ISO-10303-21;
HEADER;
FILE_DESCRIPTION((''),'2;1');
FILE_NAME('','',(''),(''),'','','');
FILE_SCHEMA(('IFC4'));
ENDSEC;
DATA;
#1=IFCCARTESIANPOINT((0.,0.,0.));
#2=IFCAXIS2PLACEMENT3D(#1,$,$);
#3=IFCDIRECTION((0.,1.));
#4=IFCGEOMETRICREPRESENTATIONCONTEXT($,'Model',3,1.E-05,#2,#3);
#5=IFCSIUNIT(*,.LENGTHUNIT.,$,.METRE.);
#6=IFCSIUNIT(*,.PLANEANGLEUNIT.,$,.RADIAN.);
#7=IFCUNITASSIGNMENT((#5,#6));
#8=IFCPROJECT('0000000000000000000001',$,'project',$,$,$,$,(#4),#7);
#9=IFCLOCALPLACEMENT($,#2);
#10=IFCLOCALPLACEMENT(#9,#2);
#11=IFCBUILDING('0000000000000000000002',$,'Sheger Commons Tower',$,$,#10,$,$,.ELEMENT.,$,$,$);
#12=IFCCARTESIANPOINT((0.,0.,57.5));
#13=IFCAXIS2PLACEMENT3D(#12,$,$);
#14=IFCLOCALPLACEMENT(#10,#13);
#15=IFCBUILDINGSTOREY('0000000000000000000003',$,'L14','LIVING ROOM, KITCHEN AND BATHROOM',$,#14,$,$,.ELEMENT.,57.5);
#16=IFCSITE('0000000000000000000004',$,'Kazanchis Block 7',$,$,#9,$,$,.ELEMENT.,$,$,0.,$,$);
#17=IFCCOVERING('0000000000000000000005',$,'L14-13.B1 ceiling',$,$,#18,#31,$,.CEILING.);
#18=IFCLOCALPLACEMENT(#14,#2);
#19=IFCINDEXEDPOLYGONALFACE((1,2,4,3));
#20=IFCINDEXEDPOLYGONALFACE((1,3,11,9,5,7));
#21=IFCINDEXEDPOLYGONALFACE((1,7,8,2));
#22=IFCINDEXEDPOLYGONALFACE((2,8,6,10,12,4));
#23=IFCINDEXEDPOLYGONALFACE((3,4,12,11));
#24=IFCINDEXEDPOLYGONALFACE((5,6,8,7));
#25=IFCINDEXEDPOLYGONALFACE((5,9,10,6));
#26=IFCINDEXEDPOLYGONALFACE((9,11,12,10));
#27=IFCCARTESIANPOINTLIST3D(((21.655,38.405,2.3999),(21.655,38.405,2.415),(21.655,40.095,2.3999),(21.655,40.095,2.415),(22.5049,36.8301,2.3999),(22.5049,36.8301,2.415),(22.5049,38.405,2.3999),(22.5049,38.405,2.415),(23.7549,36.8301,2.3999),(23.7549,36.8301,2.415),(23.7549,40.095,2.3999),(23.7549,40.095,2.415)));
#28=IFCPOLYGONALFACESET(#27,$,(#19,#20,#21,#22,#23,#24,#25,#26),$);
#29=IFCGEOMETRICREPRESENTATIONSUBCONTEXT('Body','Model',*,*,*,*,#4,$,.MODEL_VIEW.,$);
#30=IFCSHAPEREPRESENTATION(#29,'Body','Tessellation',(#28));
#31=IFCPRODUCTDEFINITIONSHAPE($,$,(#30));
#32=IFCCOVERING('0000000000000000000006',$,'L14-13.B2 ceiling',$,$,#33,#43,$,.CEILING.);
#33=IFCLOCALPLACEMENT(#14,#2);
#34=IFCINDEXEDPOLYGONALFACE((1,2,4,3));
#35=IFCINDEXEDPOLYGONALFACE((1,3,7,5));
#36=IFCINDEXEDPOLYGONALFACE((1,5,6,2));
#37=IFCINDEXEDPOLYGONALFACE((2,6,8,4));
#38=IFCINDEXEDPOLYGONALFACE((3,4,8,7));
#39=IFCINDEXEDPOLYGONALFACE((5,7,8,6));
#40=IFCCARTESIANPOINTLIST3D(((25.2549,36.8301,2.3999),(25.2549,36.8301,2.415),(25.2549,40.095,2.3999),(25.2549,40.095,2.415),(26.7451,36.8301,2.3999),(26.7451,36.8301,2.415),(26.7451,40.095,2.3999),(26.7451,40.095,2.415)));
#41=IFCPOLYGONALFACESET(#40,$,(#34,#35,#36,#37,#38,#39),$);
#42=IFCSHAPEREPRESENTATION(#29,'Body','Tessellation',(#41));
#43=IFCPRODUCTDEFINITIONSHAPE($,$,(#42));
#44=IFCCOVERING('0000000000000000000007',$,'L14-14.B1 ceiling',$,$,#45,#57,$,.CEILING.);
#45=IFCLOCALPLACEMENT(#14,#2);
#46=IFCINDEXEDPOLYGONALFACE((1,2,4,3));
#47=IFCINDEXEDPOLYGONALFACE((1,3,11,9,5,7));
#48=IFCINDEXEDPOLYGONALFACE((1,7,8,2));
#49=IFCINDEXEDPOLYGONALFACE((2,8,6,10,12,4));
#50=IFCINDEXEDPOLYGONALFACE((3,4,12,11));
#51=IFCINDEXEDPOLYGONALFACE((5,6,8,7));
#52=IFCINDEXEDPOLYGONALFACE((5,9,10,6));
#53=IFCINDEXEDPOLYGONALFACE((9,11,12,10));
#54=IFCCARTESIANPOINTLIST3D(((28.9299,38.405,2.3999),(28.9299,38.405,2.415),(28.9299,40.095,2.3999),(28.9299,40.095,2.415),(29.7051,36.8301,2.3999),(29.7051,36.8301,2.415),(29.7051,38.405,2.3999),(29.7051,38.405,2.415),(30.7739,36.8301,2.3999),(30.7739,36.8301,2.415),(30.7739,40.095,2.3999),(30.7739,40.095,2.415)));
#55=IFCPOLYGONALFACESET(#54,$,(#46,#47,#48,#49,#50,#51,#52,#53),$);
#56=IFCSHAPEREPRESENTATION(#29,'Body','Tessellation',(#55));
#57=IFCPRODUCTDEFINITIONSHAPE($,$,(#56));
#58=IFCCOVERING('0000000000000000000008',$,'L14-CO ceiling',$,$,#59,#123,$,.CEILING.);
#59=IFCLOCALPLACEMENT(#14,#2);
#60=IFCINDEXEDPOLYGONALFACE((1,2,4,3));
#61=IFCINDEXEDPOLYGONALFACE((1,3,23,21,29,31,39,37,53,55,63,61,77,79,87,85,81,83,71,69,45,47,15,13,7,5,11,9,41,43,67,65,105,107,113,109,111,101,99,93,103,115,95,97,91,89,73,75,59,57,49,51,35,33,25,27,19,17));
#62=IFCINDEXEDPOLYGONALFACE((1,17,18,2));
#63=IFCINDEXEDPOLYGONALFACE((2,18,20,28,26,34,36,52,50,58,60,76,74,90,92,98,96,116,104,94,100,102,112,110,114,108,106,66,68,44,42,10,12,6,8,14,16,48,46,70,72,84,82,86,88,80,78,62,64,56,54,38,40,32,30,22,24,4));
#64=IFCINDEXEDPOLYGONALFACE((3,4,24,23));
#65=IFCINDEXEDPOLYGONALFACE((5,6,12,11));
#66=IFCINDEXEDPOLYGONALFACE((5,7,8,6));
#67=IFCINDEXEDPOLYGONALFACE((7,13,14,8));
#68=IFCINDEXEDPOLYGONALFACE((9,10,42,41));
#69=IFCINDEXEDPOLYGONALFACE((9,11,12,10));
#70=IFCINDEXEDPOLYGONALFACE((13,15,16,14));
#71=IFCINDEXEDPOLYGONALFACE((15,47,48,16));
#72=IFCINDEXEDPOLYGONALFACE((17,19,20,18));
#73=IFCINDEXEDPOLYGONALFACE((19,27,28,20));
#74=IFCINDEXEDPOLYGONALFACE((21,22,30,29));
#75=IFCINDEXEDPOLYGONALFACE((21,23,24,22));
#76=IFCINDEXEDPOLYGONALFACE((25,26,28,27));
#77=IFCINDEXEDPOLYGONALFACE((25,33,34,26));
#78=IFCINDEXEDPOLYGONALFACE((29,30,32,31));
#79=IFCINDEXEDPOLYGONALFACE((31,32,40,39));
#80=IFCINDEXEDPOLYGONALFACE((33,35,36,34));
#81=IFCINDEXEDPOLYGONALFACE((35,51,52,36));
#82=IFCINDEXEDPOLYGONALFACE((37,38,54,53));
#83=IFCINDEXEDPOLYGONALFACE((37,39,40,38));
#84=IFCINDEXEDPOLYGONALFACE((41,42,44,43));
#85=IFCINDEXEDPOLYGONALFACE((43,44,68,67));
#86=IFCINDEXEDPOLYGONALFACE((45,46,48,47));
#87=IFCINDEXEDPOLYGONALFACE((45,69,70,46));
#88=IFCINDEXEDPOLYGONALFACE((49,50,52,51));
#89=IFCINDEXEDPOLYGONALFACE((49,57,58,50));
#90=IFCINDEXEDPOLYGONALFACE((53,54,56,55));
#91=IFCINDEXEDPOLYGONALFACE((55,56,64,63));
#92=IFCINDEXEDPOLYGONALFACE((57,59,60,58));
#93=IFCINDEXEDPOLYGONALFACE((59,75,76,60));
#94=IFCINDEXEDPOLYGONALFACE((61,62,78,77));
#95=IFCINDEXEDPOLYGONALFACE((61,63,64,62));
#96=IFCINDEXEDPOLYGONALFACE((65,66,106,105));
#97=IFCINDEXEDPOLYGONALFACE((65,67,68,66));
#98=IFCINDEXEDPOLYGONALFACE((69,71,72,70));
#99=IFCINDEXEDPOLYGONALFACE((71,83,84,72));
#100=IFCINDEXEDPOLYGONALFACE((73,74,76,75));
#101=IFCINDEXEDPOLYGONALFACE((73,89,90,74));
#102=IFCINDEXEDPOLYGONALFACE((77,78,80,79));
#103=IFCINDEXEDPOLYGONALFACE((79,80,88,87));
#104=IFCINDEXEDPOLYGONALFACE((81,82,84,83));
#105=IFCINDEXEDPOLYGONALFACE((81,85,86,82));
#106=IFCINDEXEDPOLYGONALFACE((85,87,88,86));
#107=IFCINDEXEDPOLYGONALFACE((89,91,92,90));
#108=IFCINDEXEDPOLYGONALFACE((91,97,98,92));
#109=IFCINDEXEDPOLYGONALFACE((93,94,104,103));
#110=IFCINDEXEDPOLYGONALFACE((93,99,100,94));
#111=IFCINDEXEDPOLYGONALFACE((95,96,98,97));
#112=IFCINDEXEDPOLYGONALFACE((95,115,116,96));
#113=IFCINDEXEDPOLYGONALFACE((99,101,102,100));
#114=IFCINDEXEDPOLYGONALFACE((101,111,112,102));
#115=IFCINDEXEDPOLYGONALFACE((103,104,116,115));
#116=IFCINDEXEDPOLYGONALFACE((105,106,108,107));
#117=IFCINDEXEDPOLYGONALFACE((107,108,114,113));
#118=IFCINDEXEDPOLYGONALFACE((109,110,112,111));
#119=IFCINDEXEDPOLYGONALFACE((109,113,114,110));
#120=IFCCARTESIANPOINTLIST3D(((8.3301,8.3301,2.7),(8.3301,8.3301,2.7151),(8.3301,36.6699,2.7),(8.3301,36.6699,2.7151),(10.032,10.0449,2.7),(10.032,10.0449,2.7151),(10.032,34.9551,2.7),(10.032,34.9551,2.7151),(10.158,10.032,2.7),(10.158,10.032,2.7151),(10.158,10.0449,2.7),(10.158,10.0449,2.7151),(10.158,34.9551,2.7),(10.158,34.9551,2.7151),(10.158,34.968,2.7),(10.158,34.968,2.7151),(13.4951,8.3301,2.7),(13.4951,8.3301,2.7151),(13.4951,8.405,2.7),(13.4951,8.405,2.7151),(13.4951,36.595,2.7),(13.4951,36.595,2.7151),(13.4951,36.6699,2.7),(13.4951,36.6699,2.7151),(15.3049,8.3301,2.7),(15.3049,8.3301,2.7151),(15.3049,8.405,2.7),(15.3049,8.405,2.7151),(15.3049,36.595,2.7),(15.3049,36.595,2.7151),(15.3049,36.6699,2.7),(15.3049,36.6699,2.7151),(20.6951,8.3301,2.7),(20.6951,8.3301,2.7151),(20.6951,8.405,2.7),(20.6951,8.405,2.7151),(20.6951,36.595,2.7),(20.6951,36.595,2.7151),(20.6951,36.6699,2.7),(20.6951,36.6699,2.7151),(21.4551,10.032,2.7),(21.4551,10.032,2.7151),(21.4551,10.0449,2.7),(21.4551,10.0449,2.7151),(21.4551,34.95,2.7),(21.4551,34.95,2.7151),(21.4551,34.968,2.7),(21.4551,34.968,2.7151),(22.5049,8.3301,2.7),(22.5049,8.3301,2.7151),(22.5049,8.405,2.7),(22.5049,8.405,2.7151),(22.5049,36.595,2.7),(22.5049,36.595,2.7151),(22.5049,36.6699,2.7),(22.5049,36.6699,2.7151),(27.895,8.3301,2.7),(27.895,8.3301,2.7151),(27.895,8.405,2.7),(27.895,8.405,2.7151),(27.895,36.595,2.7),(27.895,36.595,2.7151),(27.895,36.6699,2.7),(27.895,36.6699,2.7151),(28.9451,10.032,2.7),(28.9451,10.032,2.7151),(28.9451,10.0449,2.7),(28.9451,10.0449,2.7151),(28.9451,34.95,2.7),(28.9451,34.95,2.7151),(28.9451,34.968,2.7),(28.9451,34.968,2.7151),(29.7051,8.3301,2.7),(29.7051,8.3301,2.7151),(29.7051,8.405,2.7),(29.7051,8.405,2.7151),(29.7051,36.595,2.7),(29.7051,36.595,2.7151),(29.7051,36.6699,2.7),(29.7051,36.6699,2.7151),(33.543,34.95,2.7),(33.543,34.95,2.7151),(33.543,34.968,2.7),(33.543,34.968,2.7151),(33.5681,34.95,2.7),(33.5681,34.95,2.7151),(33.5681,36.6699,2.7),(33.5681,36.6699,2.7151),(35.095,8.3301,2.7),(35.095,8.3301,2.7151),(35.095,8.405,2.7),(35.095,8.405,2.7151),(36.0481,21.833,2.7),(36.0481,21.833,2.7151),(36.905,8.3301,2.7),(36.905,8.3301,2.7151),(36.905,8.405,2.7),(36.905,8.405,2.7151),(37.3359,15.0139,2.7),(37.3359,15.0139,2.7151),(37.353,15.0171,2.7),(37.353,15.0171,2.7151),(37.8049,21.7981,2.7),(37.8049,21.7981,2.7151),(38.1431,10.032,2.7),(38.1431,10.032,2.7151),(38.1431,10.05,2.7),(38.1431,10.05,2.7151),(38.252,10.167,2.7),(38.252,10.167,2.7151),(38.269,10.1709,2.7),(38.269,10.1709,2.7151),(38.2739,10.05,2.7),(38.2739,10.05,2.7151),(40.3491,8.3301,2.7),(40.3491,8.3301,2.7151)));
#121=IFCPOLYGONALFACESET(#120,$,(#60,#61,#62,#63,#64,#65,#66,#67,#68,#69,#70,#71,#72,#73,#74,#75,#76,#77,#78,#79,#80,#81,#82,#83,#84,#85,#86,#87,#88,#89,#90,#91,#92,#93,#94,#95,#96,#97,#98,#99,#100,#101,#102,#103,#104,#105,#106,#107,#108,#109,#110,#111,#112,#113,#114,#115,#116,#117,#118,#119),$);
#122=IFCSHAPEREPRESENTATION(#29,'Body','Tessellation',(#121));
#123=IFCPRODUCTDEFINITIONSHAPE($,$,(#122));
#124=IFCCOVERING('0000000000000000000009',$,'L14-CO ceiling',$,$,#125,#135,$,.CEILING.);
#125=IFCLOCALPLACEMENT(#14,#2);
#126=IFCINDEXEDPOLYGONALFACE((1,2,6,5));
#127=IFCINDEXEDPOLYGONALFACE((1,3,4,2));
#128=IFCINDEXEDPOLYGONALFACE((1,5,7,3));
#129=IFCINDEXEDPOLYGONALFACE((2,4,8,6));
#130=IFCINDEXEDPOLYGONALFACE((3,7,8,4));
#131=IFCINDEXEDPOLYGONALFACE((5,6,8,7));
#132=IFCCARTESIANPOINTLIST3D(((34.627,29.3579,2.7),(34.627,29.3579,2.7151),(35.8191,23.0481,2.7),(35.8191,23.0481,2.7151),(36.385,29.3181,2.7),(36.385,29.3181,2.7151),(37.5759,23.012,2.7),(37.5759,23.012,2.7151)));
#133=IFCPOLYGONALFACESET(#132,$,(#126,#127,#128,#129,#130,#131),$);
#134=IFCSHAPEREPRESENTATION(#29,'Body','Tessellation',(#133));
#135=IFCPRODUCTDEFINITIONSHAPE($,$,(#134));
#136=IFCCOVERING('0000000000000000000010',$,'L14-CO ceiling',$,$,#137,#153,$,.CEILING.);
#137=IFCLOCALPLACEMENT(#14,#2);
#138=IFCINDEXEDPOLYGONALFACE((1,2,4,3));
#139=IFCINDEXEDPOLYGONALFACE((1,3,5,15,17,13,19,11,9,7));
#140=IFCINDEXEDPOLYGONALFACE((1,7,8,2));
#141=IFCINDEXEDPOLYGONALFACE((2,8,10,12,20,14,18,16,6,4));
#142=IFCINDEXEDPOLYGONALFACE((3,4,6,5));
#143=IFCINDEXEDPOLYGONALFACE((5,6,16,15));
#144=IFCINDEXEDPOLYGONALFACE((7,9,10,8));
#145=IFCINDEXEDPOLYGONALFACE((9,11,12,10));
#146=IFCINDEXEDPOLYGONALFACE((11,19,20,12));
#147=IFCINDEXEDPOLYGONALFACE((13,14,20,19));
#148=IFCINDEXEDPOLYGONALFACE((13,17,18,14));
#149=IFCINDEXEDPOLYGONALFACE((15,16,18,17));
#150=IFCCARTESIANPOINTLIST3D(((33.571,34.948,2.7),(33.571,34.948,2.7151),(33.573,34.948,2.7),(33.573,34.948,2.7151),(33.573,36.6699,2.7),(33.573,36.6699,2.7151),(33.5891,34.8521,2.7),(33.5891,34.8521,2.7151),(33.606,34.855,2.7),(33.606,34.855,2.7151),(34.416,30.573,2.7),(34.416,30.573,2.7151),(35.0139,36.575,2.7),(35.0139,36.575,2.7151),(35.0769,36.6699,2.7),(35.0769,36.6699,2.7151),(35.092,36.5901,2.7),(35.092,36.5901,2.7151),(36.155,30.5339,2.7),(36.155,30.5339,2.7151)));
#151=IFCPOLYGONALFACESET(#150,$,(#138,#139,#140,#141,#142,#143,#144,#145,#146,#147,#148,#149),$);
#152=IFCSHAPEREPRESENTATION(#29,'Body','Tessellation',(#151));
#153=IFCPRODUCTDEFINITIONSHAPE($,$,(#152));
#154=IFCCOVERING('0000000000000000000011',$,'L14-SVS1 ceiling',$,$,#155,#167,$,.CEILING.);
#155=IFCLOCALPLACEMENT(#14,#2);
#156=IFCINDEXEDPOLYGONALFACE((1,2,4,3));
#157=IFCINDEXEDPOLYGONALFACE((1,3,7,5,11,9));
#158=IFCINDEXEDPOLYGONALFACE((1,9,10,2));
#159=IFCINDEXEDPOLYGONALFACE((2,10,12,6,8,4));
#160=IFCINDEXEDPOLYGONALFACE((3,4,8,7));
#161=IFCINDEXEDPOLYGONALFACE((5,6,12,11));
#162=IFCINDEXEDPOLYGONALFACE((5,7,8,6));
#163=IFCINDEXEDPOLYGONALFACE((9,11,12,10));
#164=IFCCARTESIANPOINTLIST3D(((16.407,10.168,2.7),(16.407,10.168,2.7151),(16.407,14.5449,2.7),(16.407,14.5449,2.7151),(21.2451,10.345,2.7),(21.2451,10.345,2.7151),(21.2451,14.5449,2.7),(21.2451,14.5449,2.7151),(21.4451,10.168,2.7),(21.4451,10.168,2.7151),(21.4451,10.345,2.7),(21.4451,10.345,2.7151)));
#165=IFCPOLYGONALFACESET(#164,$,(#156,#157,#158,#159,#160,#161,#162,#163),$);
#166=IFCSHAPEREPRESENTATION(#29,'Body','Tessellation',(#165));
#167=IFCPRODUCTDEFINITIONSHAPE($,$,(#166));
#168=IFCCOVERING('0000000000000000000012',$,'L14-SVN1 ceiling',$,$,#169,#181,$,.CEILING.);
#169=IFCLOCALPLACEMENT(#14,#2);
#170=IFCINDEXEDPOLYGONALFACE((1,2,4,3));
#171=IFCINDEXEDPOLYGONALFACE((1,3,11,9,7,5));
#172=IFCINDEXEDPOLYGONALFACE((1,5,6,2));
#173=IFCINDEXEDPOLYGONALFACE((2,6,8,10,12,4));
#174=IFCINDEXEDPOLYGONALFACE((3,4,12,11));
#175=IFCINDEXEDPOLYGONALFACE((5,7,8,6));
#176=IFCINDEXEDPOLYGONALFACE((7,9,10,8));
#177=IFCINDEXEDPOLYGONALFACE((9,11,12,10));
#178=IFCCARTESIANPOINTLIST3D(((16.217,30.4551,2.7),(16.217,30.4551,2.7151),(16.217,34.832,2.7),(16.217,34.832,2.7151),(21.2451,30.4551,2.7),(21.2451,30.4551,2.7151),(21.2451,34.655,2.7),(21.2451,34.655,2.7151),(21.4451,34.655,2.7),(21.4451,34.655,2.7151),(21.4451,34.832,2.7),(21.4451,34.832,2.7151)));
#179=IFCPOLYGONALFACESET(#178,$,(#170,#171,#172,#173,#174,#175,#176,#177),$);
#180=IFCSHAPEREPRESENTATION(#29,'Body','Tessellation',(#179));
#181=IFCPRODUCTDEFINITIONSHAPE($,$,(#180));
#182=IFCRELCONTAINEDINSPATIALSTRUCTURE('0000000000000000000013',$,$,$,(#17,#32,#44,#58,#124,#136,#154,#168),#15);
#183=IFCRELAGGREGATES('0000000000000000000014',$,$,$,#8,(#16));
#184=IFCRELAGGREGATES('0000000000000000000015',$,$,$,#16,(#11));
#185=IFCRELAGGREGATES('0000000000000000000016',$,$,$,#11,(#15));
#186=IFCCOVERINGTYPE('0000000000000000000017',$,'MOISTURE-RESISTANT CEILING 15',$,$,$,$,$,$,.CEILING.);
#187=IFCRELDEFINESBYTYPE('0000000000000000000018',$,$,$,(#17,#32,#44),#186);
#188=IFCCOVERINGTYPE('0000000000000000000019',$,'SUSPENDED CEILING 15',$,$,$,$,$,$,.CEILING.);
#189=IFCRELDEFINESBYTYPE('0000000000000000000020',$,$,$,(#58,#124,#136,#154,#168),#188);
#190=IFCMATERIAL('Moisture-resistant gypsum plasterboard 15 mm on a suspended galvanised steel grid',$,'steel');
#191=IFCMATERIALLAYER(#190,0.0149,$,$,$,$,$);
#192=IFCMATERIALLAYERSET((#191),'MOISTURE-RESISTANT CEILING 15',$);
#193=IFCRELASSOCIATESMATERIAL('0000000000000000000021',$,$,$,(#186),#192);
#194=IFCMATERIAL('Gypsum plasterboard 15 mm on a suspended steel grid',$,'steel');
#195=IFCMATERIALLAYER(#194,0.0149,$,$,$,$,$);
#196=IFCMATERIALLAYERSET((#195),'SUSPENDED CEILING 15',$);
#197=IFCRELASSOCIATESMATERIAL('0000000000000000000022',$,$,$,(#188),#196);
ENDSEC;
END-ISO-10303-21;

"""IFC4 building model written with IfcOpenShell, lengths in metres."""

from ifc_helpers import new_model, si_unit, direction, frame, origin, place, context, subcontext, project, spatial, polyline, outline, extrude, material, layer, layer_set, type_object, element, save


model = new_model("IFC4")

# Units and contexts
model_context = context("Model", 3, precision=1e-05, world=origin(), true_north=direction((0.0, 1.0)))
body_context = subcontext(model_context, "Body", "Model", "MODEL_VIEW")
ifc_project = project(units=[si_unit("LENGTHUNIT", "METRE"), si_unit("PLANEANGLEUNIT", "RADIAN")], contexts=[model_context])

# Site, building, storey
site_placement = place(None, origin())
site = spatial("IfcSite", under=ifc_project, at=site_placement, Name="Kazanchis Block 7", CompositionType="ELEMENT", RefElevation=0.0)
building_placement = place(site_placement, origin())
building = spatial("IfcBuilding", under=site, at=building_placement, Name="Sheger Commons Tower", CompositionType="ELEMENT")
storey_placement = place(building_placement, frame((0.0, 0.0, 57.5)))
storey = spatial("IfcBuildingStorey", under=building, at=storey_placement, Name="L14", Description="LIVING ROOM, KITCHEN AND BATHROOM", CompositionType="ELEMENT", Elevation=57.5)

# Coverings
ifc_material_1 = material(Name="Moisture-resistant gypsum plasterboard 15 mm on a suspended galvanised steel grid", Category="steel")
ifc_layer_1 = layer(ifc_material_1, 0.0149)
ifc_layer_set_1 = layer_set([ifc_layer_1], Name="MOISTURE-RESISTANT CEILING 15")
covering_type_1 = type_object("IfcCoveringType", Name="MOISTURE-RESISTANT CEILING 15", PredefinedType="CEILING", material=ifc_layer_set_1)
covering_1_placement = place(storey_placement, frame((0.0, 0.0, 2.3999)))
element("IfcCovering", 1, at=covering_1_placement, inside=storey, type_object=covering_type_1, Name="L14-13.B1 ceiling", PredefinedType="CEILING", context=body_context, shape_type="SweptSolid", body=[
    extrude(outline(polyline([(22.5049, 36.8301), (23.7549, 36.8301), (23.7549, 40.095), (21.655, 40.095), (21.655, 38.405), (22.5049, 38.405), (22.5049, 36.8301)])), origin(), (0.0, 0.0, 1.0), 0.0151),
])
covering_2_placement = place(storey_placement, frame((0.0, 0.0, 2.3999)))
element("IfcCovering", 2, at=covering_2_placement, inside=storey, type_object=covering_type_1, Name="L14-13.B2 ceiling", PredefinedType="CEILING", context=body_context, shape_type="SweptSolid", body=[
    extrude(outline(polyline([(25.2549, 36.8301), (26.7451, 36.8301), (26.7451, 40.095), (25.2549, 40.095), (25.2549, 36.8301)])), origin(), (0.0, 0.0, 1.0), 0.0151),
])
covering_3_placement = place(storey_placement, frame((0.0, 0.0, 2.3999)))
element("IfcCovering", 3, at=covering_3_placement, inside=storey, type_object=covering_type_1, Name="L14-14.B1 ceiling", PredefinedType="CEILING", context=body_context, shape_type="SweptSolid", body=[
    extrude(outline(polyline([(29.7051, 36.8301), (30.7739, 36.8301), (30.7739, 40.095), (28.9299, 40.095), (28.9299, 38.405), (29.7051, 38.405), (29.7051, 36.8301)])), origin(), (0.0, 0.0, 1.0), 0.0151),
])
ifc_material_2 = material(Name="Gypsum plasterboard 15 mm on a suspended steel grid", Category="steel")
ifc_layer_2 = layer(ifc_material_2, 0.0149)
ifc_layer_set_2 = layer_set([ifc_layer_2], Name="SUSPENDED CEILING 15")
covering_type_2 = type_object("IfcCoveringType", Name="SUSPENDED CEILING 15", PredefinedType="CEILING", material=ifc_layer_set_2)
covering_4_placement = place(storey_placement, frame((0.0, 0.0, 2.7)))
element("IfcCovering", 4, at=covering_4_placement, inside=storey, type_object=covering_type_2, Name="L14-CO ceiling", PredefinedType="CEILING", context=body_context, shape_type="SweptSolid", body=[
    extrude(outline(polyline([(8.3301, 8.3301), (13.4951, 8.3301), (13.4951, 8.405), (15.3049, 8.405), (15.3049, 8.3301), (20.6951, 8.3301), (20.6951, 8.405), (22.5049, 8.405), (22.5049, 8.3301), (27.895, 8.3301), (27.895, 8.405), (29.7051, 8.405), (29.7051, 8.3301), (35.095, 8.3301), (35.095, 8.405), (36.905, 8.405), (36.905, 8.3301), (40.3491, 8.3301), (37.8049, 21.7981), (36.0481, 21.833), (37.3359, 15.0139), (37.353, 15.0171), (38.269, 10.1709), (38.252, 10.167), (38.2739, 10.05), (38.1431, 10.05), (38.1431, 10.032), (28.9451, 10.032), (28.9451, 10.0449), (21.4551, 10.0449), (21.4551, 10.032), (10.158, 10.032), (10.158, 10.0449), (10.032, 10.0449), (10.032, 34.9551), (10.158, 34.9551), (10.158, 34.968), (21.4551, 34.968), (21.4551, 34.95), (28.9451, 34.95), (28.9451, 34.968), (33.543, 34.968), (33.543, 34.95), (33.5681, 34.95), (33.5681, 36.6699), (29.7051, 36.6699), (29.7051, 36.595), (27.895, 36.595), (27.895, 36.6699), (22.5049, 36.6699), (22.5049, 36.595), (20.6951, 36.595), (20.6951, 36.6699), (15.3049, 36.6699), (15.3049, 36.595), (13.4951, 36.595), (13.4951, 36.6699), (8.3301, 36.6699), (8.3301, 8.3301)])), origin(), (0.0, 0.0, 1.0), 0.0151),
])
covering_5_placement = place(storey_placement, frame((0.0, 0.0, 2.7)))
element("IfcCovering", 5, at=covering_5_placement, inside=storey, type_object=covering_type_2, Name="L14-CO ceiling", PredefinedType="CEILING", context=body_context, shape_type="SweptSolid", body=[
    extrude(outline(polyline([(37.5759, 23.012), (36.385, 29.3181), (34.627, 29.3579), (35.8191, 23.0481), (37.5759, 23.012)])), origin(), (0.0, 0.0, 1.0), 0.0151),
])
covering_6_placement = place(storey_placement, frame((0.0, 0.0, 2.7)))
element("IfcCovering", 6, at=covering_6_placement, inside=storey, type_object=covering_type_2, Name="L14-CO ceiling", PredefinedType="CEILING", context=body_context, shape_type="SweptSolid", body=[
    extrude(outline(polyline([(36.155, 30.5339), (35.0139, 36.575), (35.092, 36.5901), (35.0769, 36.6699), (33.573, 36.6699), (33.573, 34.948), (33.571, 34.948), (33.5891, 34.8521), (33.606, 34.855), (34.416, 30.573), (36.155, 30.5339)])), origin(), (0.0, 0.0, 1.0), 0.0151),
])
covering_7_placement = place(storey_placement, frame((0.0, 0.0, 2.7)))
element("IfcCovering", 7, at=covering_7_placement, inside=storey, type_object=covering_type_2, Name="L14-SVS1 ceiling", PredefinedType="CEILING", context=body_context, shape_type="SweptSolid", body=[
    extrude(outline(polyline([(16.407, 10.168), (21.4451, 10.168), (21.4451, 10.345), (21.2451, 10.345), (21.2451, 14.5449), (16.407, 14.5449), (16.407, 10.168)])), origin(), (0.0, 0.0, 1.0), 0.0151),
])
covering_8_placement = place(storey_placement, frame((0.0, 0.0, 2.7)))
element("IfcCovering", 8, at=covering_8_placement, inside=storey, type_object=covering_type_2, Name="L14-SVN1 ceiling", PredefinedType="CEILING", context=body_context, shape_type="SweptSolid", body=[
    extrude(outline(polyline([(16.217, 30.4551), (21.2451, 30.4551), (21.2451, 34.655), (21.4451, 34.655), (21.4451, 34.832), (16.217, 34.832), (16.217, 30.4551)])), origin(), (0.0, 0.0, 1.0), 0.0151),
])

save(model, "model.ifc")
